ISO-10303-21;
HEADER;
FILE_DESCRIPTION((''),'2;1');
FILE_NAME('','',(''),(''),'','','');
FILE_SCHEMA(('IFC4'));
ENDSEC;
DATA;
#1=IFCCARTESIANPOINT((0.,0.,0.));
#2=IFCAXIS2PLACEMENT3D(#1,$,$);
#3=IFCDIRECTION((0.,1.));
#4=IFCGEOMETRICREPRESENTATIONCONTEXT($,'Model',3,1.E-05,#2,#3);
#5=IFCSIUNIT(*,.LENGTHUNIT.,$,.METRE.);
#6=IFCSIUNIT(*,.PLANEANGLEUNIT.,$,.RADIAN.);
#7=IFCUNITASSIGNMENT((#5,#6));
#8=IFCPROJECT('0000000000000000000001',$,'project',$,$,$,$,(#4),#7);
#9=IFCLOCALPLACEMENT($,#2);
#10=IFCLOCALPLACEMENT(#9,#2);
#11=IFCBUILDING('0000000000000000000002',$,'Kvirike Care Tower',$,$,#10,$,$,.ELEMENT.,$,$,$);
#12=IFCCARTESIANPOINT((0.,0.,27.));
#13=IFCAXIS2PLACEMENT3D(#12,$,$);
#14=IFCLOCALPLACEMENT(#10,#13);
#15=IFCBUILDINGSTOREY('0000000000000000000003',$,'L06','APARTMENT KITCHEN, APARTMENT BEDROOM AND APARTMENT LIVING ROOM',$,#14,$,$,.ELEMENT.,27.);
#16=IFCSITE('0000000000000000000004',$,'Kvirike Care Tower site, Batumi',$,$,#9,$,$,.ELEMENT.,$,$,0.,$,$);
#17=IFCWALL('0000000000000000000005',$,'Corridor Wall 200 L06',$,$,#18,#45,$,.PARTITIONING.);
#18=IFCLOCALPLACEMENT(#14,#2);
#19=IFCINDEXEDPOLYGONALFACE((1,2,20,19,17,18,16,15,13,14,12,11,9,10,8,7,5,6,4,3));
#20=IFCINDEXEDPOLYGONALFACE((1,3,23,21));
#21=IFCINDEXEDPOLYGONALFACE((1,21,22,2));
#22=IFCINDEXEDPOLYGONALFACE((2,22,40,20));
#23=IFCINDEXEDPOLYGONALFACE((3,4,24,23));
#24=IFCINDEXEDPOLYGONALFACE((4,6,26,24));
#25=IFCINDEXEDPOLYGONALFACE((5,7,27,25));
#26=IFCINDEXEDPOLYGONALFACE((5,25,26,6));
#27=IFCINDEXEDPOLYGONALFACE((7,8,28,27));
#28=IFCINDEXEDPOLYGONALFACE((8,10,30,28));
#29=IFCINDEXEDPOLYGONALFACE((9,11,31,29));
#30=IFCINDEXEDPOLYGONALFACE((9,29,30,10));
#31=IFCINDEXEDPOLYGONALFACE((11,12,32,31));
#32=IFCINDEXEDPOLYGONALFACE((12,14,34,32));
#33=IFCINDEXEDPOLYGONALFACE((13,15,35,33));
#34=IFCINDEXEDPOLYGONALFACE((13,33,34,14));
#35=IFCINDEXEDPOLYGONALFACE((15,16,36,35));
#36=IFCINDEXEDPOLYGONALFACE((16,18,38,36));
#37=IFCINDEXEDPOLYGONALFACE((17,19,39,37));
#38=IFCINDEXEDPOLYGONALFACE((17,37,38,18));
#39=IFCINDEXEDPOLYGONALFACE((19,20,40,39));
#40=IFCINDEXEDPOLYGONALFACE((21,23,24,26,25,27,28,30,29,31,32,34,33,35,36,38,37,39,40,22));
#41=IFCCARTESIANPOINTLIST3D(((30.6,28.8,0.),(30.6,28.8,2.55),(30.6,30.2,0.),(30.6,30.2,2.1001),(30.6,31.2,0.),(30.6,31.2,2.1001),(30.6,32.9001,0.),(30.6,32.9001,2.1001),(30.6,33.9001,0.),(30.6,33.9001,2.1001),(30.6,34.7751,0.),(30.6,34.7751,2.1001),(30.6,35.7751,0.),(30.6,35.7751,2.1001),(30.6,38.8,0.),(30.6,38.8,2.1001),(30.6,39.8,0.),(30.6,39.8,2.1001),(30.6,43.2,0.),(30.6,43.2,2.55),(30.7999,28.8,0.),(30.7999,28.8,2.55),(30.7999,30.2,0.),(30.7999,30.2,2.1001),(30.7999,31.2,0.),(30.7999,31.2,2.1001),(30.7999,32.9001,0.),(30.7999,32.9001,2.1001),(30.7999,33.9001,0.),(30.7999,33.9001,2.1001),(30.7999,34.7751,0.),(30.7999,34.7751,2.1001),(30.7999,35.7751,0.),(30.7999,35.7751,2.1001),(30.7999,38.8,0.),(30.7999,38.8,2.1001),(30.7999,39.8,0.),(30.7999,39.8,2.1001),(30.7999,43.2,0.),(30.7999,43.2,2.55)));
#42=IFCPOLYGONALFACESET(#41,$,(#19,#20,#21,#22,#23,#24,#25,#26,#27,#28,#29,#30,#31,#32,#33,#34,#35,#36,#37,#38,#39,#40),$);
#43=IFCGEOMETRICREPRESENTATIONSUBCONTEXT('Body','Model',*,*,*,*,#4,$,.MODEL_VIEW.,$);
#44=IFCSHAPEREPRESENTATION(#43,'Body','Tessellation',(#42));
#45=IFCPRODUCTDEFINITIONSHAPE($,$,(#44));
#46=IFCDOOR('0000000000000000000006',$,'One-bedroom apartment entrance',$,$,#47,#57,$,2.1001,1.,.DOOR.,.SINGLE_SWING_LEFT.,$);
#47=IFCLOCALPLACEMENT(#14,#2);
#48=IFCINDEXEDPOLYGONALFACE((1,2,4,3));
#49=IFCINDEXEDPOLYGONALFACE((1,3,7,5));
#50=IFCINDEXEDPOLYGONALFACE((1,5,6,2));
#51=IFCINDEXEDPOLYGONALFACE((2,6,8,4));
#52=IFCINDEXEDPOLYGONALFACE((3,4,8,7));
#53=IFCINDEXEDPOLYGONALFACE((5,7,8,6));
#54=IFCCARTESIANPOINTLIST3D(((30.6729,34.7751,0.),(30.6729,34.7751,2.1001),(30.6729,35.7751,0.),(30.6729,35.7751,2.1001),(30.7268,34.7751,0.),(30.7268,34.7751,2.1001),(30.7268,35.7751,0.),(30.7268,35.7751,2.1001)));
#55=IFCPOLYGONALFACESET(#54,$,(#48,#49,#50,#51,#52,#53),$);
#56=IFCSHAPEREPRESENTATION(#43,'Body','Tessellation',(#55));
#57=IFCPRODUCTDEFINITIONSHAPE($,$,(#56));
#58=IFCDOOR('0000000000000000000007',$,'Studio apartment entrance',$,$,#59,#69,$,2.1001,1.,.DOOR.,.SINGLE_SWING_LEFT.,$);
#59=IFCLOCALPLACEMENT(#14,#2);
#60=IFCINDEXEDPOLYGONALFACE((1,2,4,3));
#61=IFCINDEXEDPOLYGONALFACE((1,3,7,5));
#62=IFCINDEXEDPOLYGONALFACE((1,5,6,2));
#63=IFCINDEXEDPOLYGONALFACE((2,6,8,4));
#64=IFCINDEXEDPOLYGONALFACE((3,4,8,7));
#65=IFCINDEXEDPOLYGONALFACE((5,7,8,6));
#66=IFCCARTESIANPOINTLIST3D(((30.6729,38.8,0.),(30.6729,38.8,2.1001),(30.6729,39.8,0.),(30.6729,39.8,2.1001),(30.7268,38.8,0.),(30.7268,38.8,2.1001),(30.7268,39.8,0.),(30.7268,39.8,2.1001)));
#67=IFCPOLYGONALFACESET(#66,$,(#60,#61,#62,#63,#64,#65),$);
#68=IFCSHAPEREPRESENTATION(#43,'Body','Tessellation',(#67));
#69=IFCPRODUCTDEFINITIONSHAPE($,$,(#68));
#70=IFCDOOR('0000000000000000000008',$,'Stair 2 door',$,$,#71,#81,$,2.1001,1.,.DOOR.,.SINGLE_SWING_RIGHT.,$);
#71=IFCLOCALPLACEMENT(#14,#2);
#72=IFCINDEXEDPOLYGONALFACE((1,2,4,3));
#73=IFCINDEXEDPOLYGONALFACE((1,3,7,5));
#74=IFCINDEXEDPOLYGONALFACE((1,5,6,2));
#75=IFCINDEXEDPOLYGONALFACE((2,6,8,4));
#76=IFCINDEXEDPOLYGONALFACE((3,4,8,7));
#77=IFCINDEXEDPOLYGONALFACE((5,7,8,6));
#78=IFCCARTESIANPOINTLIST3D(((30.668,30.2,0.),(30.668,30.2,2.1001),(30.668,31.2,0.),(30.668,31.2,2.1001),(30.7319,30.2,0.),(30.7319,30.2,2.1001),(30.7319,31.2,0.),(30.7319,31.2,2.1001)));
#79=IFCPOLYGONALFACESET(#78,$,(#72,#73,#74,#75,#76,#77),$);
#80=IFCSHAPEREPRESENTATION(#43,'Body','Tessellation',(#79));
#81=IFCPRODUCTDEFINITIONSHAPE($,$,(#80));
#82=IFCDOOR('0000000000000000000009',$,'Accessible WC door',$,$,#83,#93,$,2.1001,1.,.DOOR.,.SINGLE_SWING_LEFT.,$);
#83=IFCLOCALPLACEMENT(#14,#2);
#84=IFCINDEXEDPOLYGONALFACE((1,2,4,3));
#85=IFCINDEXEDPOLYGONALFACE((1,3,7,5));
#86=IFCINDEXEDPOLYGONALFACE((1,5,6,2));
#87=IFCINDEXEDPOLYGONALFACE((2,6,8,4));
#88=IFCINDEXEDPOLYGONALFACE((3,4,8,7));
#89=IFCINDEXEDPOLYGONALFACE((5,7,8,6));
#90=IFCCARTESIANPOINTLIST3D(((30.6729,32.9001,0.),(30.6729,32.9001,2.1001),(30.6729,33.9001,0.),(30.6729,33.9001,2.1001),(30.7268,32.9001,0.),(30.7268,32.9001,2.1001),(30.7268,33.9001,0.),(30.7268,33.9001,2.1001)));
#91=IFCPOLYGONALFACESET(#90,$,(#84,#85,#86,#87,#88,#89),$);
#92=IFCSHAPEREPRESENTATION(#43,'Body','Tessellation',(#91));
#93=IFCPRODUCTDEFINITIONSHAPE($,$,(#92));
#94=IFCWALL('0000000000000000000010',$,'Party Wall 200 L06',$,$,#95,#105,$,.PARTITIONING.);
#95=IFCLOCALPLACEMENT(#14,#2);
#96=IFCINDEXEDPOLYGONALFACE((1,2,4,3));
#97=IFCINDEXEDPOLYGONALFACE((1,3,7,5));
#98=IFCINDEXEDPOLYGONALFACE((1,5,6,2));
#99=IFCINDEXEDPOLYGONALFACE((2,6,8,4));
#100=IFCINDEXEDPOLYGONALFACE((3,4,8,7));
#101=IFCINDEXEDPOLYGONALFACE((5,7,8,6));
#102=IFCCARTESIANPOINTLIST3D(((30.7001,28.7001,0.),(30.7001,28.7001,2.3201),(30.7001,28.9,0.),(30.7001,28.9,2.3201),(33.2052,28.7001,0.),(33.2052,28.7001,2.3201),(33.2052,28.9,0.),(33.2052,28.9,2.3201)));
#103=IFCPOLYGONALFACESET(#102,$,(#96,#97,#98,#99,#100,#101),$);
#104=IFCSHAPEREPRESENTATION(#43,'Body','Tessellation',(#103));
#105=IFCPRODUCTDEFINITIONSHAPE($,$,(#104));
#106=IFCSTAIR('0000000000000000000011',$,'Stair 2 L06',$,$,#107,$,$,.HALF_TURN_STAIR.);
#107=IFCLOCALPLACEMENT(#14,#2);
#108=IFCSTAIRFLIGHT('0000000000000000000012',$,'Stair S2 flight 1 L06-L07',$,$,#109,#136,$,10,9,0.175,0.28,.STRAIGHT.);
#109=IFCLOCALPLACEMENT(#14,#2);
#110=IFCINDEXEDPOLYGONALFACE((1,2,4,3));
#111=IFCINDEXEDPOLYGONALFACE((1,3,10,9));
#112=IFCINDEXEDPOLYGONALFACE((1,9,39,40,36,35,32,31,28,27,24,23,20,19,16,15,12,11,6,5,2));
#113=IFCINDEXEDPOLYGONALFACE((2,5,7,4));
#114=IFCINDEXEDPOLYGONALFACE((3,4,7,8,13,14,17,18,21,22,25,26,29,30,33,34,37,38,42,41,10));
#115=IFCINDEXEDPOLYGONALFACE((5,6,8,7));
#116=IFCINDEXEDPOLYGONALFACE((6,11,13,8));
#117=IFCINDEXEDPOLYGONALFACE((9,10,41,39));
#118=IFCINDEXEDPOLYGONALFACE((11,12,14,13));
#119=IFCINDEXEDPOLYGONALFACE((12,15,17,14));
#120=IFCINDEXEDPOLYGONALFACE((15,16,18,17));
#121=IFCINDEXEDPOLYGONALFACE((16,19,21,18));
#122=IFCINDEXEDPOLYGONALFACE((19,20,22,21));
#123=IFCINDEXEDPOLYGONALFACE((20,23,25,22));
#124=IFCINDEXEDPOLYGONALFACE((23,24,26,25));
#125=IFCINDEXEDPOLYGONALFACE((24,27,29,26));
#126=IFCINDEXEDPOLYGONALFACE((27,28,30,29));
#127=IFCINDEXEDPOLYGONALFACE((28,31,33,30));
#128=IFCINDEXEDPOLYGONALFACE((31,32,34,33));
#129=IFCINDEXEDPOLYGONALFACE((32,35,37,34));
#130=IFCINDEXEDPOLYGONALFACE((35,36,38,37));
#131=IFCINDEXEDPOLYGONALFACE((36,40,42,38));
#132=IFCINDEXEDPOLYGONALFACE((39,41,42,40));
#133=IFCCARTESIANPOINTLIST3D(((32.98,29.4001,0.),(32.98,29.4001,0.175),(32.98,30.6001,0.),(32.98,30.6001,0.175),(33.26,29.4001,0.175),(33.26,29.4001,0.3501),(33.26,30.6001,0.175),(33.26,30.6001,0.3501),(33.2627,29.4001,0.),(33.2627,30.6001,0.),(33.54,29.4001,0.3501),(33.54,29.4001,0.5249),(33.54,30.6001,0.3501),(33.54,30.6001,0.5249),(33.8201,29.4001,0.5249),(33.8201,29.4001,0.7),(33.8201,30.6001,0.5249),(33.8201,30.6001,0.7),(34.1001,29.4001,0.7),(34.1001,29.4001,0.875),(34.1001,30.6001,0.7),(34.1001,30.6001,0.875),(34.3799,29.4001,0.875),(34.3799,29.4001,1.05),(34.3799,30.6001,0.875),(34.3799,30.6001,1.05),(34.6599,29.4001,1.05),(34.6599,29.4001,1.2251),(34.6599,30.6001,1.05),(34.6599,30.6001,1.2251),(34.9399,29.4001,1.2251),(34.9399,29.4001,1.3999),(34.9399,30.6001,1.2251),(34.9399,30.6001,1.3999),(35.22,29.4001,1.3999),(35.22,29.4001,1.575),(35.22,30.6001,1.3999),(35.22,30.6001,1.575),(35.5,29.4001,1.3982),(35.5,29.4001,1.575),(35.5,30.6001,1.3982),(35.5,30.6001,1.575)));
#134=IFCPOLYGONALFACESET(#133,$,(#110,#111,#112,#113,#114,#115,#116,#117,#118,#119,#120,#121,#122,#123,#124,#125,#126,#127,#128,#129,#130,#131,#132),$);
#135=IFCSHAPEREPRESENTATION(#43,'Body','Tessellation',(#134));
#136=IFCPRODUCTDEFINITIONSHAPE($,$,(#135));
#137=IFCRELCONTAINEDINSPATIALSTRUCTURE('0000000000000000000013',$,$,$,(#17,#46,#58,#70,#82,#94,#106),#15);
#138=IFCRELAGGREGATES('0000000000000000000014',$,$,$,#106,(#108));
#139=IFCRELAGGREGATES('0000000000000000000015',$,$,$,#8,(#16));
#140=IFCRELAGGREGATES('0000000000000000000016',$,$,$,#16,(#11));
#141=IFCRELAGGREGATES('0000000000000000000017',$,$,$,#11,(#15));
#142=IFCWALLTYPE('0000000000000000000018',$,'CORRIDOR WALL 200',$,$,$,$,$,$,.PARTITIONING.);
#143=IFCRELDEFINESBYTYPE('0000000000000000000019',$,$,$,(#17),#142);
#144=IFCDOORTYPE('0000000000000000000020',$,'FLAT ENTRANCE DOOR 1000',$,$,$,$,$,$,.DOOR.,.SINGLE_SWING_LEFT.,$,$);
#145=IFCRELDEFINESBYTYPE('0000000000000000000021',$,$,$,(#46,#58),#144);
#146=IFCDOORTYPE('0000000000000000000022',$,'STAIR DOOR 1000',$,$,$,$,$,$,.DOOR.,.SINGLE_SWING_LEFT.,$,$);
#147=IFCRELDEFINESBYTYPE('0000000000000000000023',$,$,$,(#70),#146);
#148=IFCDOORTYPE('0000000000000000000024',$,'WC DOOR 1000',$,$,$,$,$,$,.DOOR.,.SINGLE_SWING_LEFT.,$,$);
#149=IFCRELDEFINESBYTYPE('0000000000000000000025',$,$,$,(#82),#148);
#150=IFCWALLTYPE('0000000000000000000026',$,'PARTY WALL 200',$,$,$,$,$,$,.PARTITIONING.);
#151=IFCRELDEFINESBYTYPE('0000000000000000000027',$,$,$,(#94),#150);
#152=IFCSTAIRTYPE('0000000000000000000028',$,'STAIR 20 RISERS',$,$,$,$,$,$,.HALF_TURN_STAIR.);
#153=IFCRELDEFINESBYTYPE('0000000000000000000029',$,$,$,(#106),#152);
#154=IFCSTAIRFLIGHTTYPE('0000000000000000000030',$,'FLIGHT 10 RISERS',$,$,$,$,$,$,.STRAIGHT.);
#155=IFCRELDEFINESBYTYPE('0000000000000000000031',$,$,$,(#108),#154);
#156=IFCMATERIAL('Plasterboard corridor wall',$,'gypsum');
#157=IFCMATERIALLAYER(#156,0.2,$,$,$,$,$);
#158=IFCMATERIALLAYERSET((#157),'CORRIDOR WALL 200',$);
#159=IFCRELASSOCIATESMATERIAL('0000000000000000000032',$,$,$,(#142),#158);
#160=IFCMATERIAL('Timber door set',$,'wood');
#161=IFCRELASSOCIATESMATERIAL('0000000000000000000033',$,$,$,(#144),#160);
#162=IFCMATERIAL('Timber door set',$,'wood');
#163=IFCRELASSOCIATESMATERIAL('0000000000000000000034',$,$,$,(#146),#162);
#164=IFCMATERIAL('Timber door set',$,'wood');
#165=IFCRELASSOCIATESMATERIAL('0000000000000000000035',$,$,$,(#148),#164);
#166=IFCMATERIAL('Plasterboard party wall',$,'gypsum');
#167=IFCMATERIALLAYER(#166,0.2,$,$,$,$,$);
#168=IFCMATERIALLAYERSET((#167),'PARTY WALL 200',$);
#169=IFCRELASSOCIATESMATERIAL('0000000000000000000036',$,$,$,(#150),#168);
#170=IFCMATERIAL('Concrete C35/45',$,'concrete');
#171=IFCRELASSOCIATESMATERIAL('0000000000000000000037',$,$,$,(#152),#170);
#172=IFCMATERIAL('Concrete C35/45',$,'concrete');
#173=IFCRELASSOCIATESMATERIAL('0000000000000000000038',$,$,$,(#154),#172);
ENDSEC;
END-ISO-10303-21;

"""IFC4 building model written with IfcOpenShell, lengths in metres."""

from ifc_helpers import new_model, si_unit, direction, frame, frame_2d, origin, place, context, subcontext, project, spatial, polyline, rectangle, outline, extrude, material, layer, layer_set, type_object, element, fill, aggregate, save


model = new_model("IFC4")

# Units and contexts
model_context = context("Model", 3, precision=1e-05, world=origin(), true_north=direction((0.0, 1.0)))
body_context = subcontext(model_context, "Body", "Model", "MODEL_VIEW")
ifc_project = project(units=[si_unit("LENGTHUNIT", "METRE"), si_unit("PLANEANGLEUNIT", "RADIAN")], contexts=[model_context])

# Site, building, storey
site_placement = place(None, origin())
site = spatial("IfcSite", under=ifc_project, at=site_placement, Name="Kvirike Care Tower site, Batumi", CompositionType="ELEMENT", RefElevation=0.0)
building_placement = place(site_placement, origin())
building = spatial("IfcBuilding", under=site, at=building_placement, Name="Kvirike Care Tower", CompositionType="ELEMENT")
storey_placement = place(building_placement, frame((0.0, 0.0, 27.0)))
storey = spatial("IfcBuildingStorey", under=building, at=storey_placement, Name="L06", Description="APARTMENT KITCHEN, APARTMENT BEDROOM AND APARTMENT LIVING ROOM", CompositionType="ELEMENT", Elevation=27.0)

# Wall, openings, doors
ifc_material_1 = material(Name="Plasterboard corridor wall", Category="gypsum")
ifc_layer_1 = layer(ifc_material_1, 0.2)
ifc_layer_set_1 = layer_set([ifc_layer_1], Name="CORRIDOR WALL 200")
wall_type_1 = type_object("IfcWallType", Name="CORRIDOR WALL 200", PredefinedType="PARTITIONING", material=ifc_layer_set_1)
wall_1_placement = place(storey_placement, frame((30.7, 28.8, 0.0), z_axis=(0.0, 0.0, 1.0), x_axis=(0.0, 1.0, 0.0)))
wall_1 = element("IfcWall", 1, at=wall_1_placement, inside=storey, type_object=wall_type_1, Name="Corridor Wall 200 L06", PredefinedType="PARTITIONING", context=body_context, shape_type="SweptSolid", body=[
    extrude(rectangle(XDim=14.3999, YDim=0.2, at=frame_2d((7.2, 0.0))), origin(), (0.0, 0.0, 1.0), 2.55),
])
opening_1_placement = place(wall_1_placement, frame((1.3999, 0.0, 0.0)))
opening_1 = element("IfcOpeningElement", 2, at=opening_1_placement, cuts=wall_1, PredefinedType="OPENING", context=body_context, shape_type="SweptSolid", body=[
    extrude(rectangle(XDim=1.0, YDim=2.1001, at=frame_2d((0.5, 1.05))), frame((0.0, 0.1106, 0.0), z_axis=(0.0, -1.0, 0.0), x_axis=(1.0, 0.0, 0.0)), (0.0, 0.0, 1.0), 0.2209),
])
opening_2_placement = place(wall_1_placement, frame((4.1001, 0.0, 0.0)))
opening_2 = element("IfcOpeningElement", 3, at=opening_2_placement, cuts=wall_1, PredefinedType="OPENING", context=body_context, shape_type="SweptSolid", body=[
    extrude(rectangle(XDim=1.0, YDim=2.1001, at=frame_2d((0.5, 1.05))), frame((0.0, 0.1106, 0.0), z_axis=(0.0, -1.0, 0.0), x_axis=(1.0, 0.0, 0.0)), (0.0, 0.0, 1.0), 0.2209),
])
opening_3_placement = place(wall_1_placement, frame((5.9751, 0.0, 0.0)))
opening_3 = element("IfcOpeningElement", 4, at=opening_3_placement, cuts=wall_1, PredefinedType="OPENING", context=body_context, shape_type="SweptSolid", body=[
    extrude(rectangle(XDim=1.0, YDim=2.1001, at=frame_2d((0.5, 1.05))), frame((0.0, 0.1106, 0.0), z_axis=(0.0, -1.0, 0.0), x_axis=(1.0, 0.0, 0.0)), (0.0, 0.0, 1.0), 0.2209),
])
opening_4_placement = place(wall_1_placement, frame((10.0, 0.0, 0.0)))
opening_4 = element("IfcOpeningElement", 5, at=opening_4_placement, cuts=wall_1, PredefinedType="OPENING", context=body_context, shape_type="SweptSolid", body=[
    extrude(rectangle(XDim=1.0, YDim=2.1001, at=frame_2d((0.5, 1.05))), frame((0.0, 0.1106, 0.0), z_axis=(0.0, -1.0, 0.0), x_axis=(1.0, 0.0, 0.0)), (0.0, 0.0, 1.0), 0.2209),
])
ifc_material_2 = material(Name="Timber door set", Category="wood")
door_type_1 = type_object("IfcDoorType", Name="FLAT ENTRANCE DOOR 1000", OperationType="SINGLE_SWING_LEFT", PredefinedType="DOOR", material=ifc_material_2)
door_1_placement = place(opening_3_placement, frame((1.0, 0.0, 0.0), z_axis=(0.0, 0.0, 1.0), x_axis=(-1.0, 0.0, 0.0)))
door_1 = element("IfcDoor", 6, at=door_1_placement, inside=storey, type_object=door_type_1, Name="One-bedroom apartment entrance", OperationType="SINGLE_SWING_LEFT", OverallHeight=2.1001, OverallWidth=1.0, PredefinedType="DOOR", context=body_context, shape_type="SweptSolid", body=[
    extrude(rectangle(XDim=1.0, YDim=2.1001, at=frame_2d((0.5, 1.05))), frame((0.0, 0.0269, 0.0), z_axis=(0.0, -1.0, 0.0), x_axis=(1.0, 0.0, 0.0)), (0.0, 0.0, 1.0), 0.054),
])
fill(opening_3, door_1)
door_2_placement = place(opening_4_placement, frame((1.0, 0.0, 0.0), z_axis=(0.0, 0.0, 1.0), x_axis=(-1.0, 0.0, 0.0)))
door_2 = element("IfcDoor", 7, at=door_2_placement, inside=storey, type_object=door_type_1, Name="Studio apartment entrance", OperationType="SINGLE_SWING_LEFT", OverallHeight=2.1001, OverallWidth=1.0, PredefinedType="DOOR", context=body_context, shape_type="SweptSolid", body=[
    extrude(rectangle(XDim=1.0, YDim=2.1001, at=frame_2d((0.5, 1.05))), frame((0.0, 0.0269, 0.0), z_axis=(0.0, -1.0, 0.0), x_axis=(1.0, 0.0, 0.0)), (0.0, 0.0, 1.0), 0.054),
])
fill(opening_4, door_2)
ifc_material_3 = material(Name="Timber door set", Category="wood")
door_type_2 = type_object("IfcDoorType", Name="STAIR DOOR 1000", OperationType="SINGLE_SWING_LEFT", PredefinedType="DOOR", material=ifc_material_3)
door_3_placement = place(opening_1_placement, frame((1.0, 0.0, 0.0), z_axis=(0.0, 0.0, 1.0), x_axis=(-1.0, 0.0, 0.0)))
door_3 = element("IfcDoor", 8, at=door_3_placement, inside=storey, type_object=door_type_2, Name="Stair 2 door", OperationType="SINGLE_SWING_RIGHT", OverallHeight=2.1001, OverallWidth=1.0, PredefinedType="DOOR", context=body_context, shape_type="SweptSolid", body=[
    extrude(rectangle(XDim=1.0, YDim=2.1001, at=frame_2d((0.5, 1.05))), frame((0.0, 0.032, 0.0), z_axis=(0.0, -1.0, 0.0), x_axis=(1.0, 0.0, 0.0)), (0.0, 0.0, 1.0), 0.064),
])
fill(opening_1, door_3)
ifc_material_4 = material(Name="Timber door set", Category="wood")
door_type_3 = type_object("IfcDoorType", Name="WC DOOR 1000", OperationType="SINGLE_SWING_LEFT", PredefinedType="DOOR", material=ifc_material_4)
door_4_placement = place(opening_2_placement, frame((1.0, 0.0, 0.0), z_axis=(0.0, 0.0, 1.0), x_axis=(-1.0, 0.0, 0.0)))
door_4 = element("IfcDoor", 9, at=door_4_placement, inside=storey, type_object=door_type_3, Name="Accessible WC door", OperationType="SINGLE_SWING_LEFT", OverallHeight=2.1001, OverallWidth=1.0, PredefinedType="DOOR", context=body_context, shape_type="SweptSolid", body=[
    extrude(rectangle(XDim=1.0, YDim=2.1001, at=frame_2d((0.5, 1.05))), frame((0.0, 0.0269, 0.0), z_axis=(0.0, -1.0, 0.0), x_axis=(1.0, 0.0, 0.0)), (0.0, 0.0, 1.0), 0.054),
])
fill(opening_2, door_4)

# Wall
ifc_material_5 = material(Name="Plasterboard party wall", Category="gypsum")
ifc_layer_2 = layer(ifc_material_5, 0.2)
ifc_layer_set_2 = layer_set([ifc_layer_2], Name="PARTY WALL 200")
wall_type_2 = type_object("IfcWallType", Name="PARTY WALL 200", PredefinedType="PARTITIONING", material=ifc_layer_set_2)
wall_2_placement = place(storey_placement, frame((33.2051, 28.8, 0.0), z_axis=(0.0, 0.0, 1.0), x_axis=(-1.0, 0.0, 0.0)))
element("IfcWall", 10, at=wall_2_placement, inside=storey, type_object=wall_type_2, Name="Party Wall 200 L06", PredefinedType="PARTITIONING", context=body_context, shape_type="SweptSolid", body=[
    extrude(rectangle(XDim=2.5051, YDim=0.2, at=frame_2d((1.2524, 0.0))), origin(), (0.0, 0.0, 1.0), 2.3201),
])

# Stair, stair flight
ifc_material_6 = material(Name="Concrete C35/45", Category="concrete")
stair_type = type_object("IfcStairType", Name="STAIR 20 RISERS", PredefinedType="HALF_TURN_STAIR", material=ifc_material_6)
stair_placement = place(storey_placement, origin())
stair = element("IfcStair", 11, at=stair_placement, inside=storey, type_object=stair_type, Name="Stair 2 L06", PredefinedType="HALF_TURN_STAIR")
ifc_material_7 = material(Name="Concrete C35/45", Category="concrete")
stair_flight_type = type_object("IfcStairFlightType", Name="FLIGHT 10 RISERS", PredefinedType="STRAIGHT", material=ifc_material_7)
stair_flight_placement = place(storey_placement, frame((32.98, 30.0, 0.0), z_axis=(0.0, 0.0, 1.0), x_axis=(1.0, 0.0, 0.0)))
stair_flight = element("IfcStairFlight", 12, at=stair_flight_placement, type_object=stair_flight_type, Name="Stair S2 flight 1 L06-L07", NumberOfRisers=10, NumberOfTreads=9, PredefinedType="STRAIGHT", RiserHeight=0.175, TreadLength=0.28, context=body_context, shape_type="SweptSolid", body=[
    extrude(outline(polyline([(0.0, 0.0), (0.0, 0.175), (0.28, 0.175), (0.28, 0.3501), (0.5601, 0.3501), (0.5601, 0.5249), (0.8401, 0.5249), (0.8401, 0.7), (1.1201, 0.7), (1.1201, 0.875), (1.3999, 0.875), (1.3999, 1.05), (1.6799, 1.05), (1.6799, 1.2251), (1.96, 1.2251), (1.96, 1.3999), (2.24, 1.3999), (2.24, 1.575), (2.52, 1.575), (2.52, 1.75), (2.52, 1.3982), (0.2827, 0.0), (0.0, 0.0)])), frame((0.0, 0.6001, 0.0), z_axis=(0.0, -1.0, 0.0), x_axis=(1.0, 0.0, 0.0)), (0.0, 0.0, 1.0), 1.2),
])
aggregate(stair, [stair_flight])

save(model, "model.ifc")
